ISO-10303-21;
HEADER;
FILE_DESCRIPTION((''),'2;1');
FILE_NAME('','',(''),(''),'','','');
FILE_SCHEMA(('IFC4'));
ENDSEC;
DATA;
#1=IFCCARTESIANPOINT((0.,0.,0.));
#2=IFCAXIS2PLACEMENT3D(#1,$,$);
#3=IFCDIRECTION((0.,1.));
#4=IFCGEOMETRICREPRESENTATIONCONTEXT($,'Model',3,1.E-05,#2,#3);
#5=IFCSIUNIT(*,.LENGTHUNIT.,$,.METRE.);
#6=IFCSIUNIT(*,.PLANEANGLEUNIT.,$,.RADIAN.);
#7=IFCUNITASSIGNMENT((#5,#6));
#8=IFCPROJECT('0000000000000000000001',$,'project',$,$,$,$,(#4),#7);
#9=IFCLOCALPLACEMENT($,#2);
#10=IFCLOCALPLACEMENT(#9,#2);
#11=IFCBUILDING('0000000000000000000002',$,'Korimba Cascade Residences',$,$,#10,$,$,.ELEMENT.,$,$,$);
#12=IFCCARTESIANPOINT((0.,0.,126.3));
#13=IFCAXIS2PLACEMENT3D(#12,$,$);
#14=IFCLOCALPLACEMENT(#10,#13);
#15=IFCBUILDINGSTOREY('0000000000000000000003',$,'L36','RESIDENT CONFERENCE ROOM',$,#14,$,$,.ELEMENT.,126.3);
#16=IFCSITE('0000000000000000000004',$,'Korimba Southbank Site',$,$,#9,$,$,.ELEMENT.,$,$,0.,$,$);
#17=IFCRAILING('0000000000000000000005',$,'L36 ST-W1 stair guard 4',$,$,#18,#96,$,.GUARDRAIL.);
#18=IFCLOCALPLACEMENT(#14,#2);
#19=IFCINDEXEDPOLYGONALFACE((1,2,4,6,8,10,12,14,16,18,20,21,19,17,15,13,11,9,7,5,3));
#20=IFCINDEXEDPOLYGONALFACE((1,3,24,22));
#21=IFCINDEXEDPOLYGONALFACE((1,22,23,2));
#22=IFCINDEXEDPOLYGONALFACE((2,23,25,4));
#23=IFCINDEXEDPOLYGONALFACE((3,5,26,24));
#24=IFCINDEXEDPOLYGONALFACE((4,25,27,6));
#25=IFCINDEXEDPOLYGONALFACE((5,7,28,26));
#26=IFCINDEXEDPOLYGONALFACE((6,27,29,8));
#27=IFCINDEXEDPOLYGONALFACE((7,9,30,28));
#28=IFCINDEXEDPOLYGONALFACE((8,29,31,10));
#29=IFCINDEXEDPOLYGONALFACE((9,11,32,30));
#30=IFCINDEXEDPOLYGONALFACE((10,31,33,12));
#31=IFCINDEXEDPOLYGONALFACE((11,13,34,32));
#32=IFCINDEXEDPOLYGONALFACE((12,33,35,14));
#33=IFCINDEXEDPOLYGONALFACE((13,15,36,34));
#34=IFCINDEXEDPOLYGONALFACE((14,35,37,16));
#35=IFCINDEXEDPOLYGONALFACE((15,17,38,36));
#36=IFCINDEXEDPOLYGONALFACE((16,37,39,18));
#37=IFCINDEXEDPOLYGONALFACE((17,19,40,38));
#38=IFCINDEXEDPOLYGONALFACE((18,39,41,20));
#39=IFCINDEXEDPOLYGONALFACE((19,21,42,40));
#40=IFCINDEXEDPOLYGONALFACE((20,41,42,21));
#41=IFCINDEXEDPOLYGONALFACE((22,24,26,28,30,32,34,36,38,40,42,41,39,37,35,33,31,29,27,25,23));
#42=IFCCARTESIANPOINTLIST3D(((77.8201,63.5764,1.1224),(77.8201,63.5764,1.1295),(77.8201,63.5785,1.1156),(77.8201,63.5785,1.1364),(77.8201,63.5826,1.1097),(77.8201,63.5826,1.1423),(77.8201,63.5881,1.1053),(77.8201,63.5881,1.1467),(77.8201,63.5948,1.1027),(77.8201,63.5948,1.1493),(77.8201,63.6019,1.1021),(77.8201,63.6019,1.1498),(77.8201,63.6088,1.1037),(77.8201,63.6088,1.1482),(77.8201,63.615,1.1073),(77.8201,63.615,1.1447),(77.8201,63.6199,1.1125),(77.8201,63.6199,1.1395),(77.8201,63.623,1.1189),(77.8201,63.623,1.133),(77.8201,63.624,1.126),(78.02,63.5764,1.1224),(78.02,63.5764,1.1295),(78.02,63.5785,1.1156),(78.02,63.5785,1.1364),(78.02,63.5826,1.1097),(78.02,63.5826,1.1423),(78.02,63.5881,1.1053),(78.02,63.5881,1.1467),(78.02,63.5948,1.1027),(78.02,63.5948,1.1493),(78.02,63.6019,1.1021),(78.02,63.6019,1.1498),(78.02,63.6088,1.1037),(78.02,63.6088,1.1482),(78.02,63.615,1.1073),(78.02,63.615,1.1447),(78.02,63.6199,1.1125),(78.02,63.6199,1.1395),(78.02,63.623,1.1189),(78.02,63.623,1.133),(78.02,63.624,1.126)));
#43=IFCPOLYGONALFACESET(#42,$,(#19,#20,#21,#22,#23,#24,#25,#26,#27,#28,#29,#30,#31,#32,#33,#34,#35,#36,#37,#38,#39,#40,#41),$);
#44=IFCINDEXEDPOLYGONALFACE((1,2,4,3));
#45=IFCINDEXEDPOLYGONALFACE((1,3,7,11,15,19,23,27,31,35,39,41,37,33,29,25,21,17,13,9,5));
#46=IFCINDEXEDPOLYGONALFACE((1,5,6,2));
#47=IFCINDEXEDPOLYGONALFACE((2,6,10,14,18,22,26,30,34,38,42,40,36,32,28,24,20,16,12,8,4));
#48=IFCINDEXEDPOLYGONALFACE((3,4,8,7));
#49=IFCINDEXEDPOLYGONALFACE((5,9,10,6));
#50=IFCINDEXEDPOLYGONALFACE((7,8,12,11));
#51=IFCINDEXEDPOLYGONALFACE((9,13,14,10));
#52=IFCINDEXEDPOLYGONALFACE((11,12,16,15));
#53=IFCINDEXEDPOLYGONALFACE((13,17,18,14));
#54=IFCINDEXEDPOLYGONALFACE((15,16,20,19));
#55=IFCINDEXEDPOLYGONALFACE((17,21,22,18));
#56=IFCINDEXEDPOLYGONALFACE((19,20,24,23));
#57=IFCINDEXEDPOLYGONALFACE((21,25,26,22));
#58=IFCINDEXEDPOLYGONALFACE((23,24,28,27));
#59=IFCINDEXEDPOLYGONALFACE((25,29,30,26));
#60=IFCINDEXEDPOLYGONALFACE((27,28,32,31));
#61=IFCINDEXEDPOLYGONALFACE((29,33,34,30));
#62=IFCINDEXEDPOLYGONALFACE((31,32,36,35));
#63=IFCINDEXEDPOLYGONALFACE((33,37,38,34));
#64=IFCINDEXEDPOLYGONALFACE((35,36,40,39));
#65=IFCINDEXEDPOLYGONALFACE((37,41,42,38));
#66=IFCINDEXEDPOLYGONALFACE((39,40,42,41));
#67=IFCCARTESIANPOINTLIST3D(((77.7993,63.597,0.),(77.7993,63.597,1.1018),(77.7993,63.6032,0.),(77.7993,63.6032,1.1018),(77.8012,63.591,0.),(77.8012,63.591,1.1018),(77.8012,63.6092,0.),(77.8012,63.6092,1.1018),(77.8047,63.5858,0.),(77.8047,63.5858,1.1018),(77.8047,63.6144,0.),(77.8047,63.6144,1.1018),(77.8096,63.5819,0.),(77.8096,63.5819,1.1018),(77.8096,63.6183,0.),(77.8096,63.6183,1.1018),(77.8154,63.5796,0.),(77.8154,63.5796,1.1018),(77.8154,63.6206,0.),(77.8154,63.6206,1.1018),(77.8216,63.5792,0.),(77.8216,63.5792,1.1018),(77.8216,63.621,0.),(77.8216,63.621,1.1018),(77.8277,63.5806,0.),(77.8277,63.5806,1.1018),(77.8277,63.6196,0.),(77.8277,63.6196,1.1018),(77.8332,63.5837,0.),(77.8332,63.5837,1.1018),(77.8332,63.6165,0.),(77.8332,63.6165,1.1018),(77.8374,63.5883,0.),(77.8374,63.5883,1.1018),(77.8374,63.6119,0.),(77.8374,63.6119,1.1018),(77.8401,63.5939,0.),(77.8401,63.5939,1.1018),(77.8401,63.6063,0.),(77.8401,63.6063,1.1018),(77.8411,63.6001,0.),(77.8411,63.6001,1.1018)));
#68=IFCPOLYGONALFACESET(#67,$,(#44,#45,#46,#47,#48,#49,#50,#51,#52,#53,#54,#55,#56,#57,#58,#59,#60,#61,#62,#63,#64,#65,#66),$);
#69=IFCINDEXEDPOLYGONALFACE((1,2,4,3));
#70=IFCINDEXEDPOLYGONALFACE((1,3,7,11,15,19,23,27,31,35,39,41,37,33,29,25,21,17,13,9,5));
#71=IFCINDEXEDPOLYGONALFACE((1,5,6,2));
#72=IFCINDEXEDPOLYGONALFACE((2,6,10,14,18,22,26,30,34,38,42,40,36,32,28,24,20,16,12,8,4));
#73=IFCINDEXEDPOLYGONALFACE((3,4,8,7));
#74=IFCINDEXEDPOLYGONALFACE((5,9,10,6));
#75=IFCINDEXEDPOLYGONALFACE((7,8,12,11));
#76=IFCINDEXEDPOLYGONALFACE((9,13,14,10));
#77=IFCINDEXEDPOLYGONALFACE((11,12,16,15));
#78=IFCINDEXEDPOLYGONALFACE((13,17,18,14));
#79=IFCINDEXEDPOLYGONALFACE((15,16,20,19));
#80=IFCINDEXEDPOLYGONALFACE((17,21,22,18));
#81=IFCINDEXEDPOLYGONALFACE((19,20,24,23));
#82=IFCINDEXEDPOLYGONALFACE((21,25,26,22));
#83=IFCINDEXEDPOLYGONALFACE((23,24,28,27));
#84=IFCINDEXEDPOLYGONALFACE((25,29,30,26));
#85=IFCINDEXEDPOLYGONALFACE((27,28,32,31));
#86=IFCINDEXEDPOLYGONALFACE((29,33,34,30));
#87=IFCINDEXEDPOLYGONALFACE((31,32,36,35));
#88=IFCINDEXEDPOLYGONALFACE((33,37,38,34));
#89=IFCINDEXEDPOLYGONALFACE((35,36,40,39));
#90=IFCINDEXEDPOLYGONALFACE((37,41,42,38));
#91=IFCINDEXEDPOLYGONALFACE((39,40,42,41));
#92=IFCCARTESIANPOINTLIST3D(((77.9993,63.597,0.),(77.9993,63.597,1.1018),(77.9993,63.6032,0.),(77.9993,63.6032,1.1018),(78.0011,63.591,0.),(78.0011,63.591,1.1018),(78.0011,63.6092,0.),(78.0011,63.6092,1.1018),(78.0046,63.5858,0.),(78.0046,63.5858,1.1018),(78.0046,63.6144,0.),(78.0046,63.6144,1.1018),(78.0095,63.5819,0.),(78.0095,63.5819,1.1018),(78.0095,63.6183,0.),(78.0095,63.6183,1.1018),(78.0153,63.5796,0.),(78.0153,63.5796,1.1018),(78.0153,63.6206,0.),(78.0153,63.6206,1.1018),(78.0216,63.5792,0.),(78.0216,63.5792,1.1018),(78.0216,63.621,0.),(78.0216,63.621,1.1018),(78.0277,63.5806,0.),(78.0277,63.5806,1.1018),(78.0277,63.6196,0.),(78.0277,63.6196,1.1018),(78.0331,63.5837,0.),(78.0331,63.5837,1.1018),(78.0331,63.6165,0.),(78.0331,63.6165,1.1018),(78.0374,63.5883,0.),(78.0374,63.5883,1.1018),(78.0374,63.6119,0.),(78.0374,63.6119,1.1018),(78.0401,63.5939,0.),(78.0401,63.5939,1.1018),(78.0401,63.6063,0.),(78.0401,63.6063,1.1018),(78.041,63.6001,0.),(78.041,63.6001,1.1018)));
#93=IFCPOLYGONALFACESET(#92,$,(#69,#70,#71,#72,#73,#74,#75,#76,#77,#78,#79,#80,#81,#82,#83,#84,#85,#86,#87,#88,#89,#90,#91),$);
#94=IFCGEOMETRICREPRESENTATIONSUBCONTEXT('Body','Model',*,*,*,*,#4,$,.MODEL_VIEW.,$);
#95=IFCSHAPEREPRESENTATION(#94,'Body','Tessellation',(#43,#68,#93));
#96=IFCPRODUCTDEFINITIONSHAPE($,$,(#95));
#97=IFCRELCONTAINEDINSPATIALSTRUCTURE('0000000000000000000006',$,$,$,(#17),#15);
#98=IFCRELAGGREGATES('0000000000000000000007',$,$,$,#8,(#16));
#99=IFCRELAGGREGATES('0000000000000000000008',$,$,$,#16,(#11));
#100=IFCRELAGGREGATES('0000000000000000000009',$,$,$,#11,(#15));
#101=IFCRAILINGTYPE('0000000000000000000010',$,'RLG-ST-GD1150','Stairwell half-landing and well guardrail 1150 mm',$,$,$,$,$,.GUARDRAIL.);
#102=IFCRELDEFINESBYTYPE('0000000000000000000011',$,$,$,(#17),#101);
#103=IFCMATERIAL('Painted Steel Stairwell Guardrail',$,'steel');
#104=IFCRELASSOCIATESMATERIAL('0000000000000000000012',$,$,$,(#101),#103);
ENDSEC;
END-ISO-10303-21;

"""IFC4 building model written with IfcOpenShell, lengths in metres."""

from ifc_helpers import new_model, si_unit, direction, frame, origin, origin_2d, place, context, subcontext, project, spatial, circle, extrude, material, type_object, element, save


model = new_model("IFC4")

# Units and contexts
model_context = context("Model", 3, precision=1e-05, world=origin(), true_north=direction((0.0, 1.0)))
body_context = subcontext(model_context, "Body", "Model", "MODEL_VIEW")
ifc_project = project(units=[si_unit("LENGTHUNIT", "METRE"), si_unit("PLANEANGLEUNIT", "RADIAN")], contexts=[model_context])

# Site, building, storey
site_placement = place(None, origin())
site = spatial("IfcSite", under=ifc_project, at=site_placement, Name="Korimba Southbank Site", CompositionType="ELEMENT", RefElevation=0.0)
building_placement = place(site_placement, origin())
building = spatial("IfcBuilding", under=site, at=building_placement, Name="Korimba Cascade Residences", CompositionType="ELEMENT")
storey_placement = place(building_placement, frame((0.0, 0.0, 126.3)))
storey = spatial("IfcBuildingStorey", under=building, at=storey_placement, Name="L36", Description="RESIDENT CONFERENCE ROOM", CompositionType="ELEMENT", Elevation=126.3)

# Railing
ifc_material_1 = material(Name="Painted Steel Stairwell Guardrail", Category="steel")
railing_type_1 = type_object("IfcRailingType", Name="RLG-ST-GD1150", Description="Stairwell half-landing and well guardrail 1150 mm", PredefinedType="GUARDRAIL", material=ifc_material_1)
railing_1_placement = place(storey_placement, frame((77.8201, 63.6001, 0.0)))
element("IfcRailing", 1, at=railing_1_placement, inside=storey, type_object=railing_type_1, Name="L36 ST-W1 stair guard 4", PredefinedType="GUARDRAIL", context=body_context, shape_type="SweptSolid", body=[
    extrude(circle(Radius=0.0239, at=origin_2d()), frame((0.0, 0.0, 1.126), z_axis=(1.0, 0.0, 0.0), x_axis=(0.0, 1.0, 0.0)), (0.0, 0.0, 1.0), 0.2),
    extrude(circle(Radius=0.021, at=origin_2d()), origin(), (0.0, 0.0, 1.0), 1.1018),
    extrude(circle(Radius=0.021, at=origin_2d()), frame((0.2, 0.0, 0.0)), (0.0, 0.0, 1.0), 1.1018),
])

save(model, "model.ifc")
